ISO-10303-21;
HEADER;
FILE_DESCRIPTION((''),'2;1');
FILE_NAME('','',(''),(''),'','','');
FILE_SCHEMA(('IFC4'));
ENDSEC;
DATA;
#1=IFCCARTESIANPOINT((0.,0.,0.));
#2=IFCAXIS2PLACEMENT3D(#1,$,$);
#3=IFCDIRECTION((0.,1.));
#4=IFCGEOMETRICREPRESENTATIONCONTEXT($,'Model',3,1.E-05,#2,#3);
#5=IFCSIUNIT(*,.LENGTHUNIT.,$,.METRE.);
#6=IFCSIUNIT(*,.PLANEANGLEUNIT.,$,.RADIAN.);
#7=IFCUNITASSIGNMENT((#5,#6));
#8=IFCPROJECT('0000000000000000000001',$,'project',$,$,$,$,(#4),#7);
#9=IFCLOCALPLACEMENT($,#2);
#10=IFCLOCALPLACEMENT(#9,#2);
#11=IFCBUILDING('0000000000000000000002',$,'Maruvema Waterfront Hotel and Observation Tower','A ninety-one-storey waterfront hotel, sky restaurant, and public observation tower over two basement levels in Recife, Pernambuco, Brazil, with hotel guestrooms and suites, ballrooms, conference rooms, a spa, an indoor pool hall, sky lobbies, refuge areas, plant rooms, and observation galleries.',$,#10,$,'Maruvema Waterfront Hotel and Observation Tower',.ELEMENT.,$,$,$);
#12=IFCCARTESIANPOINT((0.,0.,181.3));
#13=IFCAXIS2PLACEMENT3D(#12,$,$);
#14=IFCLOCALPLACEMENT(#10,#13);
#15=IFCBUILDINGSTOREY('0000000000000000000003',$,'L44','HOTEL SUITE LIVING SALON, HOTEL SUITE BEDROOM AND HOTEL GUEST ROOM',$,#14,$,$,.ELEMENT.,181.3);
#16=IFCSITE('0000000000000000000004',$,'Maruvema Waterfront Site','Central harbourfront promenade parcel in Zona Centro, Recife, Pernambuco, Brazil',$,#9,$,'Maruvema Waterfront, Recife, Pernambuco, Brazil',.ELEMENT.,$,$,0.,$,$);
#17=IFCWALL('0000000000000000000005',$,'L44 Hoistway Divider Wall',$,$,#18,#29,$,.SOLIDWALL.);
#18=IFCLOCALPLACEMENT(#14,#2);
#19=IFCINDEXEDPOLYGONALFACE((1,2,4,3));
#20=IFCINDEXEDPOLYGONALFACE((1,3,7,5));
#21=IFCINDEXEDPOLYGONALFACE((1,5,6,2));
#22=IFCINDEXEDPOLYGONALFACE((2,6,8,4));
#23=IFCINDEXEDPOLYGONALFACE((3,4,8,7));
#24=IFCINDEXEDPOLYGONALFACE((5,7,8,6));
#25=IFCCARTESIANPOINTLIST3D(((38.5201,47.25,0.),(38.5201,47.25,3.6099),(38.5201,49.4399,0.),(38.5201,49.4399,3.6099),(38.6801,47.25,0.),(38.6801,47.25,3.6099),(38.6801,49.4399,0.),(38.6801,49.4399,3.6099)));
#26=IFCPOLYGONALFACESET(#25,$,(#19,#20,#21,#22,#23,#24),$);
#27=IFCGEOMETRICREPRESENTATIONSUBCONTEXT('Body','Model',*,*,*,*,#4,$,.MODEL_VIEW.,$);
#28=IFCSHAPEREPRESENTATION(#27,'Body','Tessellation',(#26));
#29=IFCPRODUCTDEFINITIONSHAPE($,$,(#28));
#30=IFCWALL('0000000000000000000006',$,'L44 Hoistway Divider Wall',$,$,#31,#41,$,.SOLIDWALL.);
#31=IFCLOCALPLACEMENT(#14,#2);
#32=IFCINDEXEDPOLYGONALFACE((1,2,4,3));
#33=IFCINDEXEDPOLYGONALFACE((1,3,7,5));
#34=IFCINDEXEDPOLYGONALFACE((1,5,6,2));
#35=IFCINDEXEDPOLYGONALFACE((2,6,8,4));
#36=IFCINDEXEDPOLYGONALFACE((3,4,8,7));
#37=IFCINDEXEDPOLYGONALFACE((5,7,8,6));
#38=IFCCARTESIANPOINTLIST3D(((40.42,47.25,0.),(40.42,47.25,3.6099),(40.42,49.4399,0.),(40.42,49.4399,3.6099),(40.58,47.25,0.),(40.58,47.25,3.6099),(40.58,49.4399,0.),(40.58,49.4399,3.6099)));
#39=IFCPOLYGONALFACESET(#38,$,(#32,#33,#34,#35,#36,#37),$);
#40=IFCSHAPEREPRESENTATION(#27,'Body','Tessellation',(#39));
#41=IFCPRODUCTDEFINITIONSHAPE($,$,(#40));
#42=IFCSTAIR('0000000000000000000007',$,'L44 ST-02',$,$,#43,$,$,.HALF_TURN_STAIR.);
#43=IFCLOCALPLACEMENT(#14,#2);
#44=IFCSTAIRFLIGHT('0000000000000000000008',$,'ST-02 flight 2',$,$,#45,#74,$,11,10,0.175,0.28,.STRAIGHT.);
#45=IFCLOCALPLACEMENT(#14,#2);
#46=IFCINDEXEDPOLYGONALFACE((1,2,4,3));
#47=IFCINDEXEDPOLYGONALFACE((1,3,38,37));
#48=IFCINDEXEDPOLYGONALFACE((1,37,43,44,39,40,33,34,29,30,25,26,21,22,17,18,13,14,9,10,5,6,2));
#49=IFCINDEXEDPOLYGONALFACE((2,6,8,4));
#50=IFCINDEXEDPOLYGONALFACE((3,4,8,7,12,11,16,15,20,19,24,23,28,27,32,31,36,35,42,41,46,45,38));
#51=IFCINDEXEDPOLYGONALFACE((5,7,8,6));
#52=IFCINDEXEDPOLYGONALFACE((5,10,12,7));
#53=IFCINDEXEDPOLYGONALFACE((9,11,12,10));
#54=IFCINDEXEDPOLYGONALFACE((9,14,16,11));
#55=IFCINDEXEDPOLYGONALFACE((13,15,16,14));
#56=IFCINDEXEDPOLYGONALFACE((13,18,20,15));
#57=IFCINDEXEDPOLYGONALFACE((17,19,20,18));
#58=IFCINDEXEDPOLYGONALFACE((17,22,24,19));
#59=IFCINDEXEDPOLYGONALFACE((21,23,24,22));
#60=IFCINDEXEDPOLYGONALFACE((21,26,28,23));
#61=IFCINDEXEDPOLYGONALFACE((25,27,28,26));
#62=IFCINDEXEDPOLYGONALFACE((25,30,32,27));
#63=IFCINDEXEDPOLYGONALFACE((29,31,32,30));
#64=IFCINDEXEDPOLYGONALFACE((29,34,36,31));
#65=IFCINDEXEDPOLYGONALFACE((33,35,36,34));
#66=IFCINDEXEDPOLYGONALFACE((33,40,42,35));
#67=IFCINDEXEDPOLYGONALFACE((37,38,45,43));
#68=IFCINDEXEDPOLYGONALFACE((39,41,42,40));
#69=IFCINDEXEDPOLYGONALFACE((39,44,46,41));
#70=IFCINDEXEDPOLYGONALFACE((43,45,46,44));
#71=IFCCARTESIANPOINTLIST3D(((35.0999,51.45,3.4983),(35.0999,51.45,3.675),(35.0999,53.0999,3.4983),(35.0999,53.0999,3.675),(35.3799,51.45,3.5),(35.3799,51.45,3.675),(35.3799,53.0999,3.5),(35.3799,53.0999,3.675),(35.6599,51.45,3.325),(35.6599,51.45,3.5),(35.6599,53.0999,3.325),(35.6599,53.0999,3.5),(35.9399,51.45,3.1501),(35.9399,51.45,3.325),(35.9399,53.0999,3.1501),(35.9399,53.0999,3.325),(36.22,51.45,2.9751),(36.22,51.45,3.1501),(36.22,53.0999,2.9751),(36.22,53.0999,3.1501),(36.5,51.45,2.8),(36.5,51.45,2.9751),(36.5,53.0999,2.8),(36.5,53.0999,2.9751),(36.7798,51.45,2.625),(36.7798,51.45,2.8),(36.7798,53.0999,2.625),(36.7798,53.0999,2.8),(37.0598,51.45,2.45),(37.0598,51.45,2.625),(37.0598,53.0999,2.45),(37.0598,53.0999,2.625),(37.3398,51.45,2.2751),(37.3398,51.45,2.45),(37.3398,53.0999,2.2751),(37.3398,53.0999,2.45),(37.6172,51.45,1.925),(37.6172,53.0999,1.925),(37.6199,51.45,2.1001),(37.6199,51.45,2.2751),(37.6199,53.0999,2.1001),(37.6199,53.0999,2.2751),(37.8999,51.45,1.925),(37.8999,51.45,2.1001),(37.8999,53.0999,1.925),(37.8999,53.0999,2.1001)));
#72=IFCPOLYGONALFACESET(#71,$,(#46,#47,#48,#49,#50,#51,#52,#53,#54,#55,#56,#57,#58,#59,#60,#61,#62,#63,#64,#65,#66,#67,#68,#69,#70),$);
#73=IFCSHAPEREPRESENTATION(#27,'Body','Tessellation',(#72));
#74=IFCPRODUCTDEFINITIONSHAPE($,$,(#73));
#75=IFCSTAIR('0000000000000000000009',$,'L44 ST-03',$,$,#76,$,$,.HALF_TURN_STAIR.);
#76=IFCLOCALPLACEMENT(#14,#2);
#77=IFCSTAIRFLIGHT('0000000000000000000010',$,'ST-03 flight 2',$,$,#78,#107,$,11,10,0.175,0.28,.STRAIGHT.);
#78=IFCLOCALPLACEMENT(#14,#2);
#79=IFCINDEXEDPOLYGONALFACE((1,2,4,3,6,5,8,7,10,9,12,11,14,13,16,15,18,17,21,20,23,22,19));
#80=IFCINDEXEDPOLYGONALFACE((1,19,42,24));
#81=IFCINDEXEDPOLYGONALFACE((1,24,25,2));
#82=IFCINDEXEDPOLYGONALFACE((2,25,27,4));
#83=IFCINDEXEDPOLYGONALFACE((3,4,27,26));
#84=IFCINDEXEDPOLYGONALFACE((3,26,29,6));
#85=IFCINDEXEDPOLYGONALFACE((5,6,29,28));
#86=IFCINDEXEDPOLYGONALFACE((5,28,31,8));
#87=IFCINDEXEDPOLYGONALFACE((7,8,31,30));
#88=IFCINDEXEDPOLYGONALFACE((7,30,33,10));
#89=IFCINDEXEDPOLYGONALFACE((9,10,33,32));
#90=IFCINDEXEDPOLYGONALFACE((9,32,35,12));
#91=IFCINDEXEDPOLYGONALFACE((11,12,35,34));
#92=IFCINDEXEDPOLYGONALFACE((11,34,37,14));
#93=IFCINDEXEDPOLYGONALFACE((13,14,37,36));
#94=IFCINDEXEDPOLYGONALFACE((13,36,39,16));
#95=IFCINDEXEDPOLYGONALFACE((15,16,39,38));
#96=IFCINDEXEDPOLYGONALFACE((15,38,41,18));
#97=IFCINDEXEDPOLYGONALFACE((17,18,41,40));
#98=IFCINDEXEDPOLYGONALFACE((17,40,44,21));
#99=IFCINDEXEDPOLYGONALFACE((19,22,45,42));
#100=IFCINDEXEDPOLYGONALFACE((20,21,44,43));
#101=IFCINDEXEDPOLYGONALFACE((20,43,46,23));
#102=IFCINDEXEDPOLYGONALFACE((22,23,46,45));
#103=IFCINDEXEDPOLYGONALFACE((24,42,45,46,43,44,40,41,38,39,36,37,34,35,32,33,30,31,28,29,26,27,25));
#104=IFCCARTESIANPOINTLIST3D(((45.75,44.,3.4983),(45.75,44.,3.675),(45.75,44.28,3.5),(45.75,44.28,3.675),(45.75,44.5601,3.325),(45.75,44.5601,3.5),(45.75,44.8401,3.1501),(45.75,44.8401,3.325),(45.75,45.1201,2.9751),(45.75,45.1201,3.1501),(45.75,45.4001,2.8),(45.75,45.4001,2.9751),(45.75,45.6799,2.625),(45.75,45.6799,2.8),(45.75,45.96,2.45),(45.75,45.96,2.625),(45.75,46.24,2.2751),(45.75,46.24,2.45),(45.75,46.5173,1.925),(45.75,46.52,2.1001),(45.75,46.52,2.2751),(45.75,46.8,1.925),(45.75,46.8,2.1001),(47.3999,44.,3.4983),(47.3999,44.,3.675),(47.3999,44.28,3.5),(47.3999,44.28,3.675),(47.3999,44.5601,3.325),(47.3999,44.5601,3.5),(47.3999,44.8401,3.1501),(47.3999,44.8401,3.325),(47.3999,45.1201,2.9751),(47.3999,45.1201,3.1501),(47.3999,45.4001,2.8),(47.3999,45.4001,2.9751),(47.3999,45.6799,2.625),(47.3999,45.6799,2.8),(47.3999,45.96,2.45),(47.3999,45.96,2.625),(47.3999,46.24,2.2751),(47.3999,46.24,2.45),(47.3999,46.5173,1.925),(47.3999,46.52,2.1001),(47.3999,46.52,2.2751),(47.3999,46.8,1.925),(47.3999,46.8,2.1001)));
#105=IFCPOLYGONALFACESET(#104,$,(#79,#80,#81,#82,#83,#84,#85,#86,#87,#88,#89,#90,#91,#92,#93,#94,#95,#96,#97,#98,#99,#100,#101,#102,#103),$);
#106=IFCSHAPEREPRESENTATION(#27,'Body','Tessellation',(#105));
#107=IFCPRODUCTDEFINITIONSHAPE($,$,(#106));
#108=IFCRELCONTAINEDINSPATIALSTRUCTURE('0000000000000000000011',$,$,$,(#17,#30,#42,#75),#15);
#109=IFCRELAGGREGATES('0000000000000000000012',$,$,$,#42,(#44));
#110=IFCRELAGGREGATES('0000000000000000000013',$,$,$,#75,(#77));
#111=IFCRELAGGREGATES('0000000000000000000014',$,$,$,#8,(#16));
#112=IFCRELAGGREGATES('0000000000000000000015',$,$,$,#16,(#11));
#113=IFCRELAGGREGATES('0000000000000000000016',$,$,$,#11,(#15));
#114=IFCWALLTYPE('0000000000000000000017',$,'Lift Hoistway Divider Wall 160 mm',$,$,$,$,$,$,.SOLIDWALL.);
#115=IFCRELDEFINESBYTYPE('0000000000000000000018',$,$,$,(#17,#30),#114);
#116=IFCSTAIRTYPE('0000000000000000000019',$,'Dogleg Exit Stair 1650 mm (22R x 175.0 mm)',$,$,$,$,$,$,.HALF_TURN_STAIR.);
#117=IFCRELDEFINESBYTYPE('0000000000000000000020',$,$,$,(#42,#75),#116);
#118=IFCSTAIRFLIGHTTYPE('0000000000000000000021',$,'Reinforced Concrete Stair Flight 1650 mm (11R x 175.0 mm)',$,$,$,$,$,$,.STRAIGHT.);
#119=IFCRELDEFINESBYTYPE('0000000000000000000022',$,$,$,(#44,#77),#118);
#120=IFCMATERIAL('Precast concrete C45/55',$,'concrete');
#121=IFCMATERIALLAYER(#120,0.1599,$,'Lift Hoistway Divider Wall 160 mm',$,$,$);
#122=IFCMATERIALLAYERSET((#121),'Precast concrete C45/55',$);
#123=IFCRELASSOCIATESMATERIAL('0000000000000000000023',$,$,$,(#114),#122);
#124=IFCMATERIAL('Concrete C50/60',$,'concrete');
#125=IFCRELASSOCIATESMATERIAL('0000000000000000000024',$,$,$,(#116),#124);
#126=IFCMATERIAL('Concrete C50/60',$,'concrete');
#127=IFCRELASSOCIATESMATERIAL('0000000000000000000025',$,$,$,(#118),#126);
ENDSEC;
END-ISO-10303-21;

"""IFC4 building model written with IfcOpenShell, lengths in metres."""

from ifc_helpers import new_model, si_unit, direction, frame, frame_2d, origin, place, context, subcontext, project, spatial, polyline, rectangle, outline, extrude, material, layer, layer_set, type_object, element, aggregate, save


model = new_model("IFC4")

# Units and contexts
model_context = context("Model", 3, precision=1e-05, world=origin(), true_north=direction((0.0, 1.0)))
body_context = subcontext(model_context, "Body", "Model", "MODEL_VIEW")
ifc_project = project(units=[si_unit("LENGTHUNIT", "METRE"), si_unit("PLANEANGLEUNIT", "RADIAN")], contexts=[model_context])

# Site, building, storey
site_placement = place(None, origin())
site = spatial("IfcSite", under=ifc_project, at=site_placement, Name="Maruvema Waterfront Site", Description="Central harbourfront promenade parcel in Zona Centro, Recife, Pernambuco, Brazil", LongName="Maruvema Waterfront, Recife, Pernambuco, Brazil", CompositionType="ELEMENT", RefElevation=0.0)
building_placement = place(site_placement, origin())
building = spatial("IfcBuilding", under=site, at=building_placement, Name="Maruvema Waterfront Hotel and Observation Tower", Description="A ninety-one-storey waterfront hotel, sky restaurant, and public observation tower over two basement levels in Recife, Pernambuco, Brazil, with hotel guestrooms and suites, ballrooms, conference rooms, a spa, an indoor pool hall, sky lobbies, refuge areas, plant rooms, and observation galleries.", LongName="Maruvema Waterfront Hotel and Observation Tower", CompositionType="ELEMENT")
storey_placement = place(building_placement, frame((0.0, 0.0, 181.3)))
storey = spatial("IfcBuildingStorey", under=building, at=storey_placement, Name="L44", Description="HOTEL SUITE LIVING SALON, HOTEL SUITE BEDROOM AND HOTEL GUEST ROOM", CompositionType="ELEMENT", Elevation=181.3)

# Walls
ifc_material_1 = material(Name="Precast concrete C45/55", Category="concrete")
ifc_layer_1 = layer(ifc_material_1, 0.1599, Name="Lift Hoistway Divider Wall 160 mm")
ifc_layer_set_1 = layer_set([ifc_layer_1], Name="Precast concrete C45/55")
wall_type_1 = type_object("IfcWallType", Name="Lift Hoistway Divider Wall 160 mm", PredefinedType="SOLIDWALL", material=ifc_layer_set_1)
for number, where, z_axis, x_axis, name in (
    (1, (38.6001, 47.25, 0.0), (0.0, 0.0, 1.0), (0.0, 1.0, 0.0), "L44 Hoistway Divider Wall"),
    (2, (40.5, 47.25, 0.0), (0.0, 0.0, 1.0), (0.0, 1.0, 0.0), "L44 Hoistway Divider Wall"),
):
    element("IfcWall", number, at=place(storey_placement, frame(where, z_axis=z_axis, x_axis=x_axis)), inside=storey, type_object=wall_type_1, Name=name, PredefinedType="SOLIDWALL", context=body_context, shape_type="SweptSolid", body=[
        extrude(rectangle(XDim=2.1899, YDim=0.1599, at=frame_2d((1.095, 0.0))), origin(), (0.0, 0.0, 1.0), 3.6099),
    ])

# Stairs, stair flights
ifc_material_2 = material(Name="Concrete C50/60", Category="concrete")
stair_type = type_object("IfcStairType", Name="Dogleg Exit Stair 1650 mm (22R x 175.0 mm)", PredefinedType="HALF_TURN_STAIR", material=ifc_material_2)
stair_1_placement = place(storey_placement, origin())
stair_1 = element("IfcStair", 3, at=stair_1_placement, inside=storey, type_object=stair_type, Name="L44 ST-02", PredefinedType="HALF_TURN_STAIR")
ifc_material_3 = material(Name="Concrete C50/60", Category="concrete")
stair_flight_type = type_object("IfcStairFlightType", Name="Reinforced Concrete Stair Flight 1650 mm (11R x 175.0 mm)", PredefinedType="STRAIGHT", material=ifc_material_3)
stair_flight_1_placement = place(storey_placement, frame((37.8999, 52.2749, 1.925), z_axis=(0.0, 0.0, 1.0), x_axis=(-1.0, 0.0, 0.0)))
stair_flight_1 = element("IfcStairFlight", 4, at=stair_flight_1_placement, type_object=stair_flight_type, Name="ST-02 flight 2", NumberOfRisers=11, NumberOfTreads=10, PredefinedType="STRAIGHT", RiserHeight=0.175, TreadLength=0.28, context=body_context, shape_type="SweptSolid", body=[
    extrude(outline(polyline([(0.0, 0.0), (0.0, 0.175), (0.28, 0.175), (0.28, 0.3501), (0.5601, 0.3501), (0.5601, 0.5249), (0.8401, 0.5249), (0.8401, 0.7), (1.1201, 0.7), (1.1201, 0.875), (1.3999, 0.875), (1.3999, 1.05), (1.6799, 1.05), (1.6799, 1.2251), (1.96, 1.2251), (1.96, 1.3999), (2.24, 1.3999), (2.24, 1.575), (2.52, 1.575), (2.52, 1.75), (2.8, 1.75), (2.8, 1.925), (2.8, 1.5732), (0.2827, 0.0), (0.0, 0.0)])), frame((0.0, 0.825, 0.0), z_axis=(0.0, -1.0, 0.0), x_axis=(1.0, 0.0, 0.0)), (0.0, 0.0, 1.0), 1.6499),
])
aggregate(stair_1, [stair_flight_1])
stair_2_placement = place(storey_placement, origin())
stair_2 = element("IfcStair", 5, at=stair_2_placement, inside=storey, type_object=stair_type, Name="L44 ST-03", PredefinedType="HALF_TURN_STAIR")
stair_flight_2_placement = place(storey_placement, frame((46.575, 46.8, 1.925), z_axis=(0.0, 0.0, 1.0), x_axis=(0.0, -1.0, 0.0)))
stair_flight_2 = element("IfcStairFlight", 6, at=stair_flight_2_placement, type_object=stair_flight_type, Name="ST-03 flight 2", NumberOfRisers=11, NumberOfTreads=10, PredefinedType="STRAIGHT", RiserHeight=0.175, TreadLength=0.28, context=body_context, shape_type="SweptSolid", body=[
    extrude(outline(polyline([(0.0, 0.0), (0.0, 0.175), (0.28, 0.175), (0.28, 0.3501), (0.5601, 0.3501), (0.5601, 0.5249), (0.8401, 0.5249), (0.8401, 0.7), (1.1201, 0.7), (1.1201, 0.875), (1.3999, 0.875), (1.3999, 1.05), (1.6799, 1.05), (1.6799, 1.2251), (1.96, 1.2251), (1.96, 1.3999), (2.24, 1.3999), (2.24, 1.575), (2.52, 1.575), (2.52, 1.75), (2.8, 1.75), (2.8, 1.925), (2.8, 1.5732), (0.2827, 0.0), (0.0, 0.0)])), frame((0.0, 0.825, 0.0), z_axis=(0.0, -1.0, 0.0), x_axis=(1.0, 0.0, 0.0)), (0.0, 0.0, 1.0), 1.6499),
])
aggregate(stair_2, [stair_flight_2])

save(model, "model.ifc")
